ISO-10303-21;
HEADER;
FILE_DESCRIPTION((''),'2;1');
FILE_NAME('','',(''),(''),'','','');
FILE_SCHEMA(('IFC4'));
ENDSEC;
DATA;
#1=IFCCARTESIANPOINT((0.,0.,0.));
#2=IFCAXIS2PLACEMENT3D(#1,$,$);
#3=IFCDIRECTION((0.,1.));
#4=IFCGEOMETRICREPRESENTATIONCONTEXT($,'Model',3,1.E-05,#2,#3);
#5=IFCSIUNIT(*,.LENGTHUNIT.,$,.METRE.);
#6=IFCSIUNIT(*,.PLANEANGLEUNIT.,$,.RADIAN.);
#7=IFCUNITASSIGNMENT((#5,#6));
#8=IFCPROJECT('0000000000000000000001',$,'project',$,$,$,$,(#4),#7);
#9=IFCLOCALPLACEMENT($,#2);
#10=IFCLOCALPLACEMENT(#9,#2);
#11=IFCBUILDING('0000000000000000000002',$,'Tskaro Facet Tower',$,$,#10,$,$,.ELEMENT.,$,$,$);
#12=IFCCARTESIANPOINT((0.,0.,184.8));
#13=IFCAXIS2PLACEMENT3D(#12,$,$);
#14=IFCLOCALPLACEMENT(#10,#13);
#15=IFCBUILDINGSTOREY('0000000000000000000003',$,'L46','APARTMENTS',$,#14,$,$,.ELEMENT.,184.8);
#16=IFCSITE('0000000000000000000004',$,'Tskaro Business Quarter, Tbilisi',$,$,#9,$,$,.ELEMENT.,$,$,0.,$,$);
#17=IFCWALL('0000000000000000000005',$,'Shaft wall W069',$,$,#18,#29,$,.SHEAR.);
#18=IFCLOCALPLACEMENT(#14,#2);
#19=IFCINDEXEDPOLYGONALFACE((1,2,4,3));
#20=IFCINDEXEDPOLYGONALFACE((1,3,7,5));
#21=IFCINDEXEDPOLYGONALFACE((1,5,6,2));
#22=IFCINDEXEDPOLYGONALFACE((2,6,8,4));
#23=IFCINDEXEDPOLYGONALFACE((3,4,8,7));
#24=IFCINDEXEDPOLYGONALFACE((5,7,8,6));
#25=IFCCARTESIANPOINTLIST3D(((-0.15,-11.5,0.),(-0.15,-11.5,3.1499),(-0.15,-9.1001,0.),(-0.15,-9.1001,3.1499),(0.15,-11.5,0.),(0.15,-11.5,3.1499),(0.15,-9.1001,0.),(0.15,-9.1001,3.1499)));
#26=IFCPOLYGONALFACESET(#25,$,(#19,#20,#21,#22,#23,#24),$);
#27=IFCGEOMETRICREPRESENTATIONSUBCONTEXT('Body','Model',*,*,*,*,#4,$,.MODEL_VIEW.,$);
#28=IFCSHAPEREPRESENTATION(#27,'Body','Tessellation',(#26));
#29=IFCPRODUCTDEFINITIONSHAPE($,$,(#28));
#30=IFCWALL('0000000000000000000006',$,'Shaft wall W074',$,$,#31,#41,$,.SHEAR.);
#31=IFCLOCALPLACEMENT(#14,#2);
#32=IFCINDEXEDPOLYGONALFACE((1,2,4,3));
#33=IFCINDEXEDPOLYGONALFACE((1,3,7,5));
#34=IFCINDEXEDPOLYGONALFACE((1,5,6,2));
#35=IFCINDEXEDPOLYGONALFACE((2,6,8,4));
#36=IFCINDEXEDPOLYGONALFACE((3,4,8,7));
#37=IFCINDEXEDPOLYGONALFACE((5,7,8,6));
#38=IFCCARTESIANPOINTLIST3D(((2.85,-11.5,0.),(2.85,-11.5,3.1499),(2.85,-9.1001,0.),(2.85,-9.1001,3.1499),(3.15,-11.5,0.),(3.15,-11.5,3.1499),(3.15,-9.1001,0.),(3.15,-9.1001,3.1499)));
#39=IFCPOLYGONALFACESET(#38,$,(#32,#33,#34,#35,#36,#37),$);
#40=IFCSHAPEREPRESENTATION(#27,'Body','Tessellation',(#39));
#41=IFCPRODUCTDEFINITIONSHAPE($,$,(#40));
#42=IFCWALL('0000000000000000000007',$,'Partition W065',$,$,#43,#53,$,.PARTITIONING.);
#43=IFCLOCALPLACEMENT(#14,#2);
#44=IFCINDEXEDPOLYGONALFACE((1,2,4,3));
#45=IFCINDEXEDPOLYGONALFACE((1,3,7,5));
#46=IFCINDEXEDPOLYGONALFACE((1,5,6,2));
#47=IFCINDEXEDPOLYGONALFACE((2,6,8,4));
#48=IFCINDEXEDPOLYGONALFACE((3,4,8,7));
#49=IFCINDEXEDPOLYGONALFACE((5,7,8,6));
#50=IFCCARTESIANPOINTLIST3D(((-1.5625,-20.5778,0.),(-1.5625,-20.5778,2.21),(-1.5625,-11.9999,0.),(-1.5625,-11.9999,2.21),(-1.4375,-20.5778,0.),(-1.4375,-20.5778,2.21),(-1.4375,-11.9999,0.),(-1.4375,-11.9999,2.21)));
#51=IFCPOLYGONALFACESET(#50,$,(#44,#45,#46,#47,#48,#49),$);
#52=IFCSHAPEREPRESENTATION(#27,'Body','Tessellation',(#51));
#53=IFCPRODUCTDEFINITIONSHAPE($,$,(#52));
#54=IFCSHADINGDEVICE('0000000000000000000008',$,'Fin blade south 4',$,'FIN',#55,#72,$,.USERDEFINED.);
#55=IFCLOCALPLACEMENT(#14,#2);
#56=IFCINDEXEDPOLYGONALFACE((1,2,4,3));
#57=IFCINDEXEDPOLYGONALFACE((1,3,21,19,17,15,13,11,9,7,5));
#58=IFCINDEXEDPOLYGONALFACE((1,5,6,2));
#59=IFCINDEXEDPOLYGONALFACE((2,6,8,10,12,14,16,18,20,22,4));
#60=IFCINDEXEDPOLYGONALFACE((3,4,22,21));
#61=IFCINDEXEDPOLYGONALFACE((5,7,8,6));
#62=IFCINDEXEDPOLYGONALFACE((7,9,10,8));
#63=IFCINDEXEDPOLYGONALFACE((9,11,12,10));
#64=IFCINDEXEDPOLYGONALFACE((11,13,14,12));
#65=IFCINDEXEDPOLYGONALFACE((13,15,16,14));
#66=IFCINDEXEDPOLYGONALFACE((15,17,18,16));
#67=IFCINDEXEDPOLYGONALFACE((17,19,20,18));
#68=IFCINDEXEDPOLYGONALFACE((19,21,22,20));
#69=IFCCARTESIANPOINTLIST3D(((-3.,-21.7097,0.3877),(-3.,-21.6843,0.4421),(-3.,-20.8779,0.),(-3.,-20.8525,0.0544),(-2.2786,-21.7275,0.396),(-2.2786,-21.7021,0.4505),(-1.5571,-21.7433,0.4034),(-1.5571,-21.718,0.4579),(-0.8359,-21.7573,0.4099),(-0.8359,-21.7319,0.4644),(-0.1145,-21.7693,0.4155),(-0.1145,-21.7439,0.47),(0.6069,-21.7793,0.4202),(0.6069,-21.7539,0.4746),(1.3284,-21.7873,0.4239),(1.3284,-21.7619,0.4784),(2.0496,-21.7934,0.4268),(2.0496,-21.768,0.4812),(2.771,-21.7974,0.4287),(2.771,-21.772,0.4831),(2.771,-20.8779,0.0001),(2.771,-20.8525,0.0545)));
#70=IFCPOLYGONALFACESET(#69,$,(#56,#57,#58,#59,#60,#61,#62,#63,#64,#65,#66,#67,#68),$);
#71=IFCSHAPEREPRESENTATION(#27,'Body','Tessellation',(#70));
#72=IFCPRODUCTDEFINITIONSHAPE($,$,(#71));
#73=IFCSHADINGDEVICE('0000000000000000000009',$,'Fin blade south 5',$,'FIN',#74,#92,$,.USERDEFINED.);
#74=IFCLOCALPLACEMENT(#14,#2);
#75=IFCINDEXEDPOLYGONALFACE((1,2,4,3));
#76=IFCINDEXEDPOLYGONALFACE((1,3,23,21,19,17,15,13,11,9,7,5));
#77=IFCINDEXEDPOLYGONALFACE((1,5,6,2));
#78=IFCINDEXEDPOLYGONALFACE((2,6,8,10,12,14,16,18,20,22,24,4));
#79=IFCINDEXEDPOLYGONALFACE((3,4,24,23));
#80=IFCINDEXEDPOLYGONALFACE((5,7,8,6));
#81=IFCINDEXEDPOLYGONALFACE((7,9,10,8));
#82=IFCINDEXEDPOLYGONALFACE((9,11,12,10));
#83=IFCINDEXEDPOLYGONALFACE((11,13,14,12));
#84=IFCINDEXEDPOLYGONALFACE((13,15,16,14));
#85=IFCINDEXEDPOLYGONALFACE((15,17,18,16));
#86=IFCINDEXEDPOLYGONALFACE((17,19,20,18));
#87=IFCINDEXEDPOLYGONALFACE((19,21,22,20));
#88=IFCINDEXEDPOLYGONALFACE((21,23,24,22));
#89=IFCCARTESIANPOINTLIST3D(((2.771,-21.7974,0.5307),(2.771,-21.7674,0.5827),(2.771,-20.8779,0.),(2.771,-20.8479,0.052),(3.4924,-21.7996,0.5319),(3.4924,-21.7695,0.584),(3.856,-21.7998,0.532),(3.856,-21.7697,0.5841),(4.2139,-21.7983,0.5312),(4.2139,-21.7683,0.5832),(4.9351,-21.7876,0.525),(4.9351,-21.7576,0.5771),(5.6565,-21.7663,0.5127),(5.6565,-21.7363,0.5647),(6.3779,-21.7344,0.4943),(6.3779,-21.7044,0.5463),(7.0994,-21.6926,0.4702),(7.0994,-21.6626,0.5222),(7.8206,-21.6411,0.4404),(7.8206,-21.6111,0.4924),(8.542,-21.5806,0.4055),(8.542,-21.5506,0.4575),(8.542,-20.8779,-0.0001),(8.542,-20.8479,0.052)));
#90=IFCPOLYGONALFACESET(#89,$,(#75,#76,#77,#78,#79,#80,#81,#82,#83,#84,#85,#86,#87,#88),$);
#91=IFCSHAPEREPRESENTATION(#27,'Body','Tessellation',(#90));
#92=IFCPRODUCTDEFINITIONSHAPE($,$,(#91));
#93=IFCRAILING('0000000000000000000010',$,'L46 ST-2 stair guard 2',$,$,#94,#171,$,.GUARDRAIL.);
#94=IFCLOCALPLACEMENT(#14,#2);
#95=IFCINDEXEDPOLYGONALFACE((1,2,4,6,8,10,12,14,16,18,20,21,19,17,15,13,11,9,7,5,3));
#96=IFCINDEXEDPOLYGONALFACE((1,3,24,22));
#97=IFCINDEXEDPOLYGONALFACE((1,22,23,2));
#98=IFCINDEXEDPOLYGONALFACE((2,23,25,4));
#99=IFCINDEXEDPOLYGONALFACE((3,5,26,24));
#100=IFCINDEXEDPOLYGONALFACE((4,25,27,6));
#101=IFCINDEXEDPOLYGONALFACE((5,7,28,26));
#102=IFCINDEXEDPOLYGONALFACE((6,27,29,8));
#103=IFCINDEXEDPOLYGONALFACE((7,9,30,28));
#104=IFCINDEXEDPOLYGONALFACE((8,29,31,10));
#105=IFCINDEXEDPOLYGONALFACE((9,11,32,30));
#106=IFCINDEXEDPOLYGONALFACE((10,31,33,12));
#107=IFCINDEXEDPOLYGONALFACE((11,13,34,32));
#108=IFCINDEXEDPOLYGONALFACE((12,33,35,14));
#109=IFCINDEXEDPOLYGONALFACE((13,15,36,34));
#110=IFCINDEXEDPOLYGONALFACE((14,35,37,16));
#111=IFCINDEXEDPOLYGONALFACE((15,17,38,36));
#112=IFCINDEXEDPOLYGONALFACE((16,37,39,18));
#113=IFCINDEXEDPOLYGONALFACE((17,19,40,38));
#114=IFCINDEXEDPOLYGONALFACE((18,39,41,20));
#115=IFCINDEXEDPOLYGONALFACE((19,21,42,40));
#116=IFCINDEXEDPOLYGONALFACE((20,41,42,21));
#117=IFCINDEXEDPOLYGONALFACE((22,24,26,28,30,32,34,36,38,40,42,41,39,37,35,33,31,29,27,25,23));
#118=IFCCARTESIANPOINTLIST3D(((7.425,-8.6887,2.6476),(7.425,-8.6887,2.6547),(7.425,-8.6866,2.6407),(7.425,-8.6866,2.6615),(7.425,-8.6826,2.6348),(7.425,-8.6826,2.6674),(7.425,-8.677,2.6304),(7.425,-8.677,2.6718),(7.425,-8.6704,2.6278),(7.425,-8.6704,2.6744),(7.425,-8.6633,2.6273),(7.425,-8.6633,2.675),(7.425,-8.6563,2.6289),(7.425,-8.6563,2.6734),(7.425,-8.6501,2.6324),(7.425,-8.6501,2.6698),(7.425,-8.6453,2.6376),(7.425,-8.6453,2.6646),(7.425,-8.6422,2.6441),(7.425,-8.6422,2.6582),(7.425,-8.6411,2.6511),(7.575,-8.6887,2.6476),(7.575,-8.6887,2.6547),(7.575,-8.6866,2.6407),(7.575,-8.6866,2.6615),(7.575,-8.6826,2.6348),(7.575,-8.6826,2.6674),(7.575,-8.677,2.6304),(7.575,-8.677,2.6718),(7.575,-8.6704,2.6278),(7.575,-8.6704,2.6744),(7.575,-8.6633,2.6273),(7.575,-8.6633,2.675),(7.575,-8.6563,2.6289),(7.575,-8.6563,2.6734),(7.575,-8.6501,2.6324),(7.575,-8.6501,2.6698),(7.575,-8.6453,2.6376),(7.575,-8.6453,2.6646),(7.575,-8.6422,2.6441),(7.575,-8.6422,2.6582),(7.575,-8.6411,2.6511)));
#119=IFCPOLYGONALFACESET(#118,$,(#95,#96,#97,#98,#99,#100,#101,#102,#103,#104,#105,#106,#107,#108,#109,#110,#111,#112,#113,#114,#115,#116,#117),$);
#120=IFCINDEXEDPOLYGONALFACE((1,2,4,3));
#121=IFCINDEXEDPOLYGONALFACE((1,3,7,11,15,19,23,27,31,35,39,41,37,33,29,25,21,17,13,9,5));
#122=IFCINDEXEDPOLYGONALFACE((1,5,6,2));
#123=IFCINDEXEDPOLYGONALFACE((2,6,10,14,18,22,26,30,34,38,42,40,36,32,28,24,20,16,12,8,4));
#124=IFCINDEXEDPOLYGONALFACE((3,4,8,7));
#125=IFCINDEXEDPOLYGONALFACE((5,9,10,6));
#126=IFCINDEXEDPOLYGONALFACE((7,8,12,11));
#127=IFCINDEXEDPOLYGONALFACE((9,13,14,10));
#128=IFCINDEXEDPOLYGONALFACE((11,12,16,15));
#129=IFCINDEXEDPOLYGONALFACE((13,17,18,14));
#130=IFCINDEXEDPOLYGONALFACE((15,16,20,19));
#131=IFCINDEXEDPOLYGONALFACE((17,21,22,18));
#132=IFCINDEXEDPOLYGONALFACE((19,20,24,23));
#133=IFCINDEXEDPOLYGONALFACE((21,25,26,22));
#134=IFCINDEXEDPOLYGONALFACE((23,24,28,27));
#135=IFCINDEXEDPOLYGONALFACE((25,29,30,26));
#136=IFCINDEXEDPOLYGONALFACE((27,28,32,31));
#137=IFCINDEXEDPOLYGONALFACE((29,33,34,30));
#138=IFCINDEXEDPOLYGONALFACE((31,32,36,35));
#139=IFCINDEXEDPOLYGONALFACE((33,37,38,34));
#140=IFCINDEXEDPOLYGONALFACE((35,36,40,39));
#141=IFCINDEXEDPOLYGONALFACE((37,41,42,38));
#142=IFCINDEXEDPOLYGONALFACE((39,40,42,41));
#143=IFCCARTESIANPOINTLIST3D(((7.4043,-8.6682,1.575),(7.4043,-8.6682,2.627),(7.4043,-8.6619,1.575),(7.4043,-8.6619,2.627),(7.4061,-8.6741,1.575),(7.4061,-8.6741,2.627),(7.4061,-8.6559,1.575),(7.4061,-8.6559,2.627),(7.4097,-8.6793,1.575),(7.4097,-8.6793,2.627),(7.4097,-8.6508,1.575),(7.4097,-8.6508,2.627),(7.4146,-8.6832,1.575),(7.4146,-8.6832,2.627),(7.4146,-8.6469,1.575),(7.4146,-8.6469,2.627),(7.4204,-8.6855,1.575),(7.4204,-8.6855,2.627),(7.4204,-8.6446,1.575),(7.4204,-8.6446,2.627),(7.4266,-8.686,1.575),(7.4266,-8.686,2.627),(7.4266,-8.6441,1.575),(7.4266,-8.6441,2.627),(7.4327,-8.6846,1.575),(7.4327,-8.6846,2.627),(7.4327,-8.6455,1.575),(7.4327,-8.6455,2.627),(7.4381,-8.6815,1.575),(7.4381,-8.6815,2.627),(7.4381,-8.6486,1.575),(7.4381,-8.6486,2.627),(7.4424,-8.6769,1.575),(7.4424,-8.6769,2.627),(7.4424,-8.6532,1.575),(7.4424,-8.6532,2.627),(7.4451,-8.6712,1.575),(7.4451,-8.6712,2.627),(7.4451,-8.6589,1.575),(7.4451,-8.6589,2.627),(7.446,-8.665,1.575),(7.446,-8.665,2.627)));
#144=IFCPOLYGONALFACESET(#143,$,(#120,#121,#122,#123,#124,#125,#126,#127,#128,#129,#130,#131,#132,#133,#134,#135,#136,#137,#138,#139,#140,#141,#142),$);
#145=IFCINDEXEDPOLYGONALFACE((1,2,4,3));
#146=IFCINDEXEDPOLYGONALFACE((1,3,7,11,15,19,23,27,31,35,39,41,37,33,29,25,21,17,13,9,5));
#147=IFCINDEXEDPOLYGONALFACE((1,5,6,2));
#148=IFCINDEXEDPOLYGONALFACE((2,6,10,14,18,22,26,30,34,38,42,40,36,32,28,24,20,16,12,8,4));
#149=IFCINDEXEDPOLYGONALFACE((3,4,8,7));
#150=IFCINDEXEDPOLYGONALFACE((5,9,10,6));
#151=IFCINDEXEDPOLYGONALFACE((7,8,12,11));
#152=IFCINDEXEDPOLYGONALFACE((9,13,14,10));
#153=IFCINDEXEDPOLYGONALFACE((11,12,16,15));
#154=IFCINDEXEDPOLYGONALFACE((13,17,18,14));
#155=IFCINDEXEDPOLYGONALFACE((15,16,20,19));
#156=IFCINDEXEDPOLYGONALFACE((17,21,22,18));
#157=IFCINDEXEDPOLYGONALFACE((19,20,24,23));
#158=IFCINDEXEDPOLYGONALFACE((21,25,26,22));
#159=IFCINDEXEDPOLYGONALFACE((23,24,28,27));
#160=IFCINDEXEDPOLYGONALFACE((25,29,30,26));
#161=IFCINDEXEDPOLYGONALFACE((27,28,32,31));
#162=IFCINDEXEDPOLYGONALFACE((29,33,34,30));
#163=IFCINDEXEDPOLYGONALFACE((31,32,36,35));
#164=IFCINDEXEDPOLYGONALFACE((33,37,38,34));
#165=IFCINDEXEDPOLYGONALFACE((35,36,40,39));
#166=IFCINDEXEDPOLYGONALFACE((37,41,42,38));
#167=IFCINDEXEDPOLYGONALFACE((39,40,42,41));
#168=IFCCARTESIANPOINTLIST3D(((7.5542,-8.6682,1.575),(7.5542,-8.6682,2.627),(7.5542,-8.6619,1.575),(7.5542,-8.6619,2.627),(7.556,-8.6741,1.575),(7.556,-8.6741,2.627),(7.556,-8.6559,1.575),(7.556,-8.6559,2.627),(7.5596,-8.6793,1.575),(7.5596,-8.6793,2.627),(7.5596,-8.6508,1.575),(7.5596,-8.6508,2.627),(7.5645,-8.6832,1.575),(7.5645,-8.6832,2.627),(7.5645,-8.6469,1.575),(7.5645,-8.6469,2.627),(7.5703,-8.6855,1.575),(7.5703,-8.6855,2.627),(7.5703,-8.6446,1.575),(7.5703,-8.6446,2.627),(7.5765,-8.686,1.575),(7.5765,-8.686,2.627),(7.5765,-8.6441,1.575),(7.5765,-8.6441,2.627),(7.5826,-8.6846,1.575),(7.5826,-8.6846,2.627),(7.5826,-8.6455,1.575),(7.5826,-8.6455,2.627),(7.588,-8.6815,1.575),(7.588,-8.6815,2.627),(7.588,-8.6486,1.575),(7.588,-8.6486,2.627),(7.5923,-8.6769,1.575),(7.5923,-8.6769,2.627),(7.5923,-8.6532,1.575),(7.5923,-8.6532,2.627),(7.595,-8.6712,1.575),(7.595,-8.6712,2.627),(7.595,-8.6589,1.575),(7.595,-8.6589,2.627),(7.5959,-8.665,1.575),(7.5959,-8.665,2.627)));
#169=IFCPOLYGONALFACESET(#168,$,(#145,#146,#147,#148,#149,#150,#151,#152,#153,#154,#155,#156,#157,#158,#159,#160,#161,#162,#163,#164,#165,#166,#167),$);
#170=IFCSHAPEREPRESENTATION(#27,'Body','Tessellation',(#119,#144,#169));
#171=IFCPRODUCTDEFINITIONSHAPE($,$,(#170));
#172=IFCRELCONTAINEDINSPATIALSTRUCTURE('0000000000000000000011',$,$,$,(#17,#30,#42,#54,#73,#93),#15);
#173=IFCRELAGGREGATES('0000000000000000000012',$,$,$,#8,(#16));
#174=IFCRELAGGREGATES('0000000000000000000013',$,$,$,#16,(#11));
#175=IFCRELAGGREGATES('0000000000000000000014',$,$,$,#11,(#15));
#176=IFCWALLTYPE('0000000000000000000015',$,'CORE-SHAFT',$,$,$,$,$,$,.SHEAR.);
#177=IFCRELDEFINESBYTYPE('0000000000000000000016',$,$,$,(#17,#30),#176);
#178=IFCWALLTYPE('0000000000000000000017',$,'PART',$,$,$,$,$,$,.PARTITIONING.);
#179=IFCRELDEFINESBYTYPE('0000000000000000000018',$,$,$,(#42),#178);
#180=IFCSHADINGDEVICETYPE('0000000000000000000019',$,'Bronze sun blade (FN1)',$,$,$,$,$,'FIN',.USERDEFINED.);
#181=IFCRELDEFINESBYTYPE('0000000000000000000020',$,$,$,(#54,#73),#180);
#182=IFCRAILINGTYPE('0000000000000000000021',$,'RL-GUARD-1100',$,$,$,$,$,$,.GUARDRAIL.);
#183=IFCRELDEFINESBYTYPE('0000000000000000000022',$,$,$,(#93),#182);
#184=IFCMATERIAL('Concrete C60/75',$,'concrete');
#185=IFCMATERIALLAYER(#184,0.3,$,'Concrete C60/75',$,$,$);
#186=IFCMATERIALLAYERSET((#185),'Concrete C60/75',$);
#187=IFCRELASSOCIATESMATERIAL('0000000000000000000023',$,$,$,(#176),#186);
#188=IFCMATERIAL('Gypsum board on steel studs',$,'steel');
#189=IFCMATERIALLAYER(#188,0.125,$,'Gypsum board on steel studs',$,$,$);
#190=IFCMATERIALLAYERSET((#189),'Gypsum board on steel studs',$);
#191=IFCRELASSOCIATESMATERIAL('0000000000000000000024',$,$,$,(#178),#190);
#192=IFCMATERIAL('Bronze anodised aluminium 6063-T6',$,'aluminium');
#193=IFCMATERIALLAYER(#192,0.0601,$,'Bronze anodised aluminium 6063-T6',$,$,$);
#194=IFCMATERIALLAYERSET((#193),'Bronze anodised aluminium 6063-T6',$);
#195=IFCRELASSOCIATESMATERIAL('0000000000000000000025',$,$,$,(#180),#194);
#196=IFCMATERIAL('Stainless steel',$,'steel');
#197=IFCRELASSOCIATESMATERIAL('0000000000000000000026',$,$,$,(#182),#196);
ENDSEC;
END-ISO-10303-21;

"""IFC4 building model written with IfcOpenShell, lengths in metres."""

from ifc_helpers import new_model, si_unit, direction, frame, frame_2d, origin, origin_2d, place, context, subcontext, project, spatial, polyline, rectangle, circle, outline, extrude, material, layer, layer_set, type_object, element, save


model = new_model("IFC4")

# Units and contexts
model_context = context("Model", 3, precision=1e-05, world=origin(), true_north=direction((0.0, 1.0)))
body_context = subcontext(model_context, "Body", "Model", "MODEL_VIEW")
ifc_project = project(units=[si_unit("LENGTHUNIT", "METRE"), si_unit("PLANEANGLEUNIT", "RADIAN")], contexts=[model_context])

# Site, building, storey
site_placement = place(None, origin())
site = spatial("IfcSite", under=ifc_project, at=site_placement, Name="Tskaro Business Quarter, Tbilisi", CompositionType="ELEMENT", RefElevation=0.0)
building_placement = place(site_placement, origin())
building = spatial("IfcBuilding", under=site, at=building_placement, Name="Tskaro Facet Tower", CompositionType="ELEMENT")
storey_placement = place(building_placement, frame((0.0, 0.0, 184.8)))
storey = spatial("IfcBuildingStorey", under=building, at=storey_placement, Name="L46", Description="APARTMENTS", CompositionType="ELEMENT", Elevation=184.8)

# Shared definitions
ifc_material_1 = material(Name="Bronze anodised aluminium 6063-T6", Category="aluminium")

# Walls
ifc_material_2 = material(Name="Concrete C60/75", Category="concrete")
ifc_layer_1 = layer(ifc_material_2, 0.3, Name="Concrete C60/75")
ifc_layer_set_1 = layer_set([ifc_layer_1], Name="Concrete C60/75")
wall_type_1 = type_object("IfcWallType", Name="CORE-SHAFT", PredefinedType="SHEAR", material=ifc_layer_set_1)
for number, where, z_axis, x_axis, name in (
    (1, (0.0, -11.5, 0.0), (0.0, 0.0, 1.0), (0.0, 1.0, 0.0), "Shaft wall W069"),
    (2, (3.0, -11.5, 0.0), (0.0, 0.0, 1.0), (0.0, 1.0, 0.0), "Shaft wall W074"),
):
    element("IfcWall", number, at=place(storey_placement, frame(where, z_axis=z_axis, x_axis=x_axis)), inside=storey, type_object=wall_type_1, Name=name, PredefinedType="SHEAR", context=body_context, shape_type="SweptSolid", body=[
        extrude(rectangle(XDim=2.3999, YDim=0.3, at=frame_2d((1.2, 0.0))), origin(), (0.0, 0.0, 1.0), 3.1499),
    ])
ifc_material_3 = material(Name="Gypsum board on steel studs", Category="steel")
ifc_layer_2 = layer(ifc_material_3, 0.125, Name="Gypsum board on steel studs")
ifc_layer_set_2 = layer_set([ifc_layer_2], Name="Gypsum board on steel studs")
wall_type_2 = type_object("IfcWallType", Name="PART", PredefinedType="PARTITIONING", material=ifc_layer_set_2)
wall_placement = place(storey_placement, frame((-1.5, -20.5779, 0.0), z_axis=(0.0, 0.0, 1.0), x_axis=(0.0, 1.0, 0.0)))
element("IfcWall", 3, at=wall_placement, inside=storey, type_object=wall_type_2, Name="Partition W065", PredefinedType="PARTITIONING", context=body_context, shape_type="SweptSolid", body=[
    extrude(rectangle(XDim=8.5779, YDim=0.125, at=frame_2d((4.2891, 0.0))), origin(), (0.0, 0.0, 1.0), 2.21),
])

# Shading devices
ifc_layer_3 = layer(ifc_material_1, 0.0601, Name="Bronze anodised aluminium 6063-T6")
ifc_layer_set_3 = layer_set([ifc_layer_3], Name="Bronze anodised aluminium 6063-T6")
shading_device_type = type_object("IfcShadingDeviceType", Name="Bronze sun blade (FN1)", ElementType="FIN", PredefinedType="USERDEFINED", material=ifc_layer_set_3)
shading_device_1_placement = place(storey_placement, frame((-3.0, -20.8525, 0.0544), z_axis=(-0.000013, 0.422474, 0.906375), x_axis=(1.0, 0.000006, 0.000012)))
element("IfcShadingDevice", 4, at=shading_device_1_placement, inside=storey, type_object=shading_device_type, Name="Fin blade south 4", ObjectType="FIN", PredefinedType="USERDEFINED", context=body_context, shape_type="SweptSolid", body=[
    extrude(outline(polyline([(0.0, 0.0), (5.771, 0.0), (5.771, -1.0145), (5.0496, -1.0101), (4.3284, -1.0033), (3.6069, -0.9945), (2.8855, -0.9835), (2.1641, -0.9702), (1.4429, -0.9548), (0.7214, -0.9374), (0.0, -0.9177), (0.0, 0.0)])), origin(), (0.0, 0.0, -1.0), 0.0601),
])
shading_device_2_placement = place(storey_placement, frame((2.771, -20.8479, 0.052), z_axis=(0.000009, 0.49989, 0.866089), x_axis=(1.0, -0.000005, -0.000008)))
element("IfcShadingDevice", 5, at=shading_device_2_placement, inside=storey, type_object=shading_device_type, Name="Fin blade south 5", ObjectType="FIN", PredefinedType="USERDEFINED", context=body_context, shape_type="SweptSolid", body=[
    extrude(outline(polyline([(0.0, 0.0), (5.771, 0.0), (5.771, -0.8113), (5.0496, -0.8812), (4.3284, -0.9407), (3.6069, -0.9889), (2.8855, -1.0257), (2.1641, -1.0504), (1.4429, -1.0627), (1.085, -1.0644), (0.7214, -1.0641), (0.0, -1.0616), (0.0, 0.0)])), origin(), (0.0, 0.0, -1.0), 0.0601),
])

# Railing
ifc_material_4 = material(Name="Stainless steel", Category="steel")
railing_type = type_object("IfcRailingType", Name="RL-GUARD-1100", PredefinedType="GUARDRAIL", material=ifc_material_4)
railing_1_placement = place(storey_placement, frame((7.425, -8.665, 1.575)))
element("IfcRailing", 6, at=railing_1_placement, inside=storey, type_object=railing_type, Name="L46 ST-2 stair guard 2", PredefinedType="GUARDRAIL", context=body_context, shape_type="SweptSolid", body=[
    extrude(circle(Radius=0.0239, at=origin_2d()), frame((0.0, 0.0, 1.0762), z_axis=(1.0, 0.0, 0.0), x_axis=(0.0, 1.0, 0.0)), (0.0, 0.0, 1.0), 0.1499),
    extrude(circle(Radius=0.021, at=origin_2d()), origin(), (0.0, 0.0, 1.0), 1.052),
    extrude(circle(Radius=0.021, at=origin_2d()), frame((0.1499, 0.0, 0.0)), (0.0, 0.0, 1.0), 1.052),
])

save(model, "model.ifc")
